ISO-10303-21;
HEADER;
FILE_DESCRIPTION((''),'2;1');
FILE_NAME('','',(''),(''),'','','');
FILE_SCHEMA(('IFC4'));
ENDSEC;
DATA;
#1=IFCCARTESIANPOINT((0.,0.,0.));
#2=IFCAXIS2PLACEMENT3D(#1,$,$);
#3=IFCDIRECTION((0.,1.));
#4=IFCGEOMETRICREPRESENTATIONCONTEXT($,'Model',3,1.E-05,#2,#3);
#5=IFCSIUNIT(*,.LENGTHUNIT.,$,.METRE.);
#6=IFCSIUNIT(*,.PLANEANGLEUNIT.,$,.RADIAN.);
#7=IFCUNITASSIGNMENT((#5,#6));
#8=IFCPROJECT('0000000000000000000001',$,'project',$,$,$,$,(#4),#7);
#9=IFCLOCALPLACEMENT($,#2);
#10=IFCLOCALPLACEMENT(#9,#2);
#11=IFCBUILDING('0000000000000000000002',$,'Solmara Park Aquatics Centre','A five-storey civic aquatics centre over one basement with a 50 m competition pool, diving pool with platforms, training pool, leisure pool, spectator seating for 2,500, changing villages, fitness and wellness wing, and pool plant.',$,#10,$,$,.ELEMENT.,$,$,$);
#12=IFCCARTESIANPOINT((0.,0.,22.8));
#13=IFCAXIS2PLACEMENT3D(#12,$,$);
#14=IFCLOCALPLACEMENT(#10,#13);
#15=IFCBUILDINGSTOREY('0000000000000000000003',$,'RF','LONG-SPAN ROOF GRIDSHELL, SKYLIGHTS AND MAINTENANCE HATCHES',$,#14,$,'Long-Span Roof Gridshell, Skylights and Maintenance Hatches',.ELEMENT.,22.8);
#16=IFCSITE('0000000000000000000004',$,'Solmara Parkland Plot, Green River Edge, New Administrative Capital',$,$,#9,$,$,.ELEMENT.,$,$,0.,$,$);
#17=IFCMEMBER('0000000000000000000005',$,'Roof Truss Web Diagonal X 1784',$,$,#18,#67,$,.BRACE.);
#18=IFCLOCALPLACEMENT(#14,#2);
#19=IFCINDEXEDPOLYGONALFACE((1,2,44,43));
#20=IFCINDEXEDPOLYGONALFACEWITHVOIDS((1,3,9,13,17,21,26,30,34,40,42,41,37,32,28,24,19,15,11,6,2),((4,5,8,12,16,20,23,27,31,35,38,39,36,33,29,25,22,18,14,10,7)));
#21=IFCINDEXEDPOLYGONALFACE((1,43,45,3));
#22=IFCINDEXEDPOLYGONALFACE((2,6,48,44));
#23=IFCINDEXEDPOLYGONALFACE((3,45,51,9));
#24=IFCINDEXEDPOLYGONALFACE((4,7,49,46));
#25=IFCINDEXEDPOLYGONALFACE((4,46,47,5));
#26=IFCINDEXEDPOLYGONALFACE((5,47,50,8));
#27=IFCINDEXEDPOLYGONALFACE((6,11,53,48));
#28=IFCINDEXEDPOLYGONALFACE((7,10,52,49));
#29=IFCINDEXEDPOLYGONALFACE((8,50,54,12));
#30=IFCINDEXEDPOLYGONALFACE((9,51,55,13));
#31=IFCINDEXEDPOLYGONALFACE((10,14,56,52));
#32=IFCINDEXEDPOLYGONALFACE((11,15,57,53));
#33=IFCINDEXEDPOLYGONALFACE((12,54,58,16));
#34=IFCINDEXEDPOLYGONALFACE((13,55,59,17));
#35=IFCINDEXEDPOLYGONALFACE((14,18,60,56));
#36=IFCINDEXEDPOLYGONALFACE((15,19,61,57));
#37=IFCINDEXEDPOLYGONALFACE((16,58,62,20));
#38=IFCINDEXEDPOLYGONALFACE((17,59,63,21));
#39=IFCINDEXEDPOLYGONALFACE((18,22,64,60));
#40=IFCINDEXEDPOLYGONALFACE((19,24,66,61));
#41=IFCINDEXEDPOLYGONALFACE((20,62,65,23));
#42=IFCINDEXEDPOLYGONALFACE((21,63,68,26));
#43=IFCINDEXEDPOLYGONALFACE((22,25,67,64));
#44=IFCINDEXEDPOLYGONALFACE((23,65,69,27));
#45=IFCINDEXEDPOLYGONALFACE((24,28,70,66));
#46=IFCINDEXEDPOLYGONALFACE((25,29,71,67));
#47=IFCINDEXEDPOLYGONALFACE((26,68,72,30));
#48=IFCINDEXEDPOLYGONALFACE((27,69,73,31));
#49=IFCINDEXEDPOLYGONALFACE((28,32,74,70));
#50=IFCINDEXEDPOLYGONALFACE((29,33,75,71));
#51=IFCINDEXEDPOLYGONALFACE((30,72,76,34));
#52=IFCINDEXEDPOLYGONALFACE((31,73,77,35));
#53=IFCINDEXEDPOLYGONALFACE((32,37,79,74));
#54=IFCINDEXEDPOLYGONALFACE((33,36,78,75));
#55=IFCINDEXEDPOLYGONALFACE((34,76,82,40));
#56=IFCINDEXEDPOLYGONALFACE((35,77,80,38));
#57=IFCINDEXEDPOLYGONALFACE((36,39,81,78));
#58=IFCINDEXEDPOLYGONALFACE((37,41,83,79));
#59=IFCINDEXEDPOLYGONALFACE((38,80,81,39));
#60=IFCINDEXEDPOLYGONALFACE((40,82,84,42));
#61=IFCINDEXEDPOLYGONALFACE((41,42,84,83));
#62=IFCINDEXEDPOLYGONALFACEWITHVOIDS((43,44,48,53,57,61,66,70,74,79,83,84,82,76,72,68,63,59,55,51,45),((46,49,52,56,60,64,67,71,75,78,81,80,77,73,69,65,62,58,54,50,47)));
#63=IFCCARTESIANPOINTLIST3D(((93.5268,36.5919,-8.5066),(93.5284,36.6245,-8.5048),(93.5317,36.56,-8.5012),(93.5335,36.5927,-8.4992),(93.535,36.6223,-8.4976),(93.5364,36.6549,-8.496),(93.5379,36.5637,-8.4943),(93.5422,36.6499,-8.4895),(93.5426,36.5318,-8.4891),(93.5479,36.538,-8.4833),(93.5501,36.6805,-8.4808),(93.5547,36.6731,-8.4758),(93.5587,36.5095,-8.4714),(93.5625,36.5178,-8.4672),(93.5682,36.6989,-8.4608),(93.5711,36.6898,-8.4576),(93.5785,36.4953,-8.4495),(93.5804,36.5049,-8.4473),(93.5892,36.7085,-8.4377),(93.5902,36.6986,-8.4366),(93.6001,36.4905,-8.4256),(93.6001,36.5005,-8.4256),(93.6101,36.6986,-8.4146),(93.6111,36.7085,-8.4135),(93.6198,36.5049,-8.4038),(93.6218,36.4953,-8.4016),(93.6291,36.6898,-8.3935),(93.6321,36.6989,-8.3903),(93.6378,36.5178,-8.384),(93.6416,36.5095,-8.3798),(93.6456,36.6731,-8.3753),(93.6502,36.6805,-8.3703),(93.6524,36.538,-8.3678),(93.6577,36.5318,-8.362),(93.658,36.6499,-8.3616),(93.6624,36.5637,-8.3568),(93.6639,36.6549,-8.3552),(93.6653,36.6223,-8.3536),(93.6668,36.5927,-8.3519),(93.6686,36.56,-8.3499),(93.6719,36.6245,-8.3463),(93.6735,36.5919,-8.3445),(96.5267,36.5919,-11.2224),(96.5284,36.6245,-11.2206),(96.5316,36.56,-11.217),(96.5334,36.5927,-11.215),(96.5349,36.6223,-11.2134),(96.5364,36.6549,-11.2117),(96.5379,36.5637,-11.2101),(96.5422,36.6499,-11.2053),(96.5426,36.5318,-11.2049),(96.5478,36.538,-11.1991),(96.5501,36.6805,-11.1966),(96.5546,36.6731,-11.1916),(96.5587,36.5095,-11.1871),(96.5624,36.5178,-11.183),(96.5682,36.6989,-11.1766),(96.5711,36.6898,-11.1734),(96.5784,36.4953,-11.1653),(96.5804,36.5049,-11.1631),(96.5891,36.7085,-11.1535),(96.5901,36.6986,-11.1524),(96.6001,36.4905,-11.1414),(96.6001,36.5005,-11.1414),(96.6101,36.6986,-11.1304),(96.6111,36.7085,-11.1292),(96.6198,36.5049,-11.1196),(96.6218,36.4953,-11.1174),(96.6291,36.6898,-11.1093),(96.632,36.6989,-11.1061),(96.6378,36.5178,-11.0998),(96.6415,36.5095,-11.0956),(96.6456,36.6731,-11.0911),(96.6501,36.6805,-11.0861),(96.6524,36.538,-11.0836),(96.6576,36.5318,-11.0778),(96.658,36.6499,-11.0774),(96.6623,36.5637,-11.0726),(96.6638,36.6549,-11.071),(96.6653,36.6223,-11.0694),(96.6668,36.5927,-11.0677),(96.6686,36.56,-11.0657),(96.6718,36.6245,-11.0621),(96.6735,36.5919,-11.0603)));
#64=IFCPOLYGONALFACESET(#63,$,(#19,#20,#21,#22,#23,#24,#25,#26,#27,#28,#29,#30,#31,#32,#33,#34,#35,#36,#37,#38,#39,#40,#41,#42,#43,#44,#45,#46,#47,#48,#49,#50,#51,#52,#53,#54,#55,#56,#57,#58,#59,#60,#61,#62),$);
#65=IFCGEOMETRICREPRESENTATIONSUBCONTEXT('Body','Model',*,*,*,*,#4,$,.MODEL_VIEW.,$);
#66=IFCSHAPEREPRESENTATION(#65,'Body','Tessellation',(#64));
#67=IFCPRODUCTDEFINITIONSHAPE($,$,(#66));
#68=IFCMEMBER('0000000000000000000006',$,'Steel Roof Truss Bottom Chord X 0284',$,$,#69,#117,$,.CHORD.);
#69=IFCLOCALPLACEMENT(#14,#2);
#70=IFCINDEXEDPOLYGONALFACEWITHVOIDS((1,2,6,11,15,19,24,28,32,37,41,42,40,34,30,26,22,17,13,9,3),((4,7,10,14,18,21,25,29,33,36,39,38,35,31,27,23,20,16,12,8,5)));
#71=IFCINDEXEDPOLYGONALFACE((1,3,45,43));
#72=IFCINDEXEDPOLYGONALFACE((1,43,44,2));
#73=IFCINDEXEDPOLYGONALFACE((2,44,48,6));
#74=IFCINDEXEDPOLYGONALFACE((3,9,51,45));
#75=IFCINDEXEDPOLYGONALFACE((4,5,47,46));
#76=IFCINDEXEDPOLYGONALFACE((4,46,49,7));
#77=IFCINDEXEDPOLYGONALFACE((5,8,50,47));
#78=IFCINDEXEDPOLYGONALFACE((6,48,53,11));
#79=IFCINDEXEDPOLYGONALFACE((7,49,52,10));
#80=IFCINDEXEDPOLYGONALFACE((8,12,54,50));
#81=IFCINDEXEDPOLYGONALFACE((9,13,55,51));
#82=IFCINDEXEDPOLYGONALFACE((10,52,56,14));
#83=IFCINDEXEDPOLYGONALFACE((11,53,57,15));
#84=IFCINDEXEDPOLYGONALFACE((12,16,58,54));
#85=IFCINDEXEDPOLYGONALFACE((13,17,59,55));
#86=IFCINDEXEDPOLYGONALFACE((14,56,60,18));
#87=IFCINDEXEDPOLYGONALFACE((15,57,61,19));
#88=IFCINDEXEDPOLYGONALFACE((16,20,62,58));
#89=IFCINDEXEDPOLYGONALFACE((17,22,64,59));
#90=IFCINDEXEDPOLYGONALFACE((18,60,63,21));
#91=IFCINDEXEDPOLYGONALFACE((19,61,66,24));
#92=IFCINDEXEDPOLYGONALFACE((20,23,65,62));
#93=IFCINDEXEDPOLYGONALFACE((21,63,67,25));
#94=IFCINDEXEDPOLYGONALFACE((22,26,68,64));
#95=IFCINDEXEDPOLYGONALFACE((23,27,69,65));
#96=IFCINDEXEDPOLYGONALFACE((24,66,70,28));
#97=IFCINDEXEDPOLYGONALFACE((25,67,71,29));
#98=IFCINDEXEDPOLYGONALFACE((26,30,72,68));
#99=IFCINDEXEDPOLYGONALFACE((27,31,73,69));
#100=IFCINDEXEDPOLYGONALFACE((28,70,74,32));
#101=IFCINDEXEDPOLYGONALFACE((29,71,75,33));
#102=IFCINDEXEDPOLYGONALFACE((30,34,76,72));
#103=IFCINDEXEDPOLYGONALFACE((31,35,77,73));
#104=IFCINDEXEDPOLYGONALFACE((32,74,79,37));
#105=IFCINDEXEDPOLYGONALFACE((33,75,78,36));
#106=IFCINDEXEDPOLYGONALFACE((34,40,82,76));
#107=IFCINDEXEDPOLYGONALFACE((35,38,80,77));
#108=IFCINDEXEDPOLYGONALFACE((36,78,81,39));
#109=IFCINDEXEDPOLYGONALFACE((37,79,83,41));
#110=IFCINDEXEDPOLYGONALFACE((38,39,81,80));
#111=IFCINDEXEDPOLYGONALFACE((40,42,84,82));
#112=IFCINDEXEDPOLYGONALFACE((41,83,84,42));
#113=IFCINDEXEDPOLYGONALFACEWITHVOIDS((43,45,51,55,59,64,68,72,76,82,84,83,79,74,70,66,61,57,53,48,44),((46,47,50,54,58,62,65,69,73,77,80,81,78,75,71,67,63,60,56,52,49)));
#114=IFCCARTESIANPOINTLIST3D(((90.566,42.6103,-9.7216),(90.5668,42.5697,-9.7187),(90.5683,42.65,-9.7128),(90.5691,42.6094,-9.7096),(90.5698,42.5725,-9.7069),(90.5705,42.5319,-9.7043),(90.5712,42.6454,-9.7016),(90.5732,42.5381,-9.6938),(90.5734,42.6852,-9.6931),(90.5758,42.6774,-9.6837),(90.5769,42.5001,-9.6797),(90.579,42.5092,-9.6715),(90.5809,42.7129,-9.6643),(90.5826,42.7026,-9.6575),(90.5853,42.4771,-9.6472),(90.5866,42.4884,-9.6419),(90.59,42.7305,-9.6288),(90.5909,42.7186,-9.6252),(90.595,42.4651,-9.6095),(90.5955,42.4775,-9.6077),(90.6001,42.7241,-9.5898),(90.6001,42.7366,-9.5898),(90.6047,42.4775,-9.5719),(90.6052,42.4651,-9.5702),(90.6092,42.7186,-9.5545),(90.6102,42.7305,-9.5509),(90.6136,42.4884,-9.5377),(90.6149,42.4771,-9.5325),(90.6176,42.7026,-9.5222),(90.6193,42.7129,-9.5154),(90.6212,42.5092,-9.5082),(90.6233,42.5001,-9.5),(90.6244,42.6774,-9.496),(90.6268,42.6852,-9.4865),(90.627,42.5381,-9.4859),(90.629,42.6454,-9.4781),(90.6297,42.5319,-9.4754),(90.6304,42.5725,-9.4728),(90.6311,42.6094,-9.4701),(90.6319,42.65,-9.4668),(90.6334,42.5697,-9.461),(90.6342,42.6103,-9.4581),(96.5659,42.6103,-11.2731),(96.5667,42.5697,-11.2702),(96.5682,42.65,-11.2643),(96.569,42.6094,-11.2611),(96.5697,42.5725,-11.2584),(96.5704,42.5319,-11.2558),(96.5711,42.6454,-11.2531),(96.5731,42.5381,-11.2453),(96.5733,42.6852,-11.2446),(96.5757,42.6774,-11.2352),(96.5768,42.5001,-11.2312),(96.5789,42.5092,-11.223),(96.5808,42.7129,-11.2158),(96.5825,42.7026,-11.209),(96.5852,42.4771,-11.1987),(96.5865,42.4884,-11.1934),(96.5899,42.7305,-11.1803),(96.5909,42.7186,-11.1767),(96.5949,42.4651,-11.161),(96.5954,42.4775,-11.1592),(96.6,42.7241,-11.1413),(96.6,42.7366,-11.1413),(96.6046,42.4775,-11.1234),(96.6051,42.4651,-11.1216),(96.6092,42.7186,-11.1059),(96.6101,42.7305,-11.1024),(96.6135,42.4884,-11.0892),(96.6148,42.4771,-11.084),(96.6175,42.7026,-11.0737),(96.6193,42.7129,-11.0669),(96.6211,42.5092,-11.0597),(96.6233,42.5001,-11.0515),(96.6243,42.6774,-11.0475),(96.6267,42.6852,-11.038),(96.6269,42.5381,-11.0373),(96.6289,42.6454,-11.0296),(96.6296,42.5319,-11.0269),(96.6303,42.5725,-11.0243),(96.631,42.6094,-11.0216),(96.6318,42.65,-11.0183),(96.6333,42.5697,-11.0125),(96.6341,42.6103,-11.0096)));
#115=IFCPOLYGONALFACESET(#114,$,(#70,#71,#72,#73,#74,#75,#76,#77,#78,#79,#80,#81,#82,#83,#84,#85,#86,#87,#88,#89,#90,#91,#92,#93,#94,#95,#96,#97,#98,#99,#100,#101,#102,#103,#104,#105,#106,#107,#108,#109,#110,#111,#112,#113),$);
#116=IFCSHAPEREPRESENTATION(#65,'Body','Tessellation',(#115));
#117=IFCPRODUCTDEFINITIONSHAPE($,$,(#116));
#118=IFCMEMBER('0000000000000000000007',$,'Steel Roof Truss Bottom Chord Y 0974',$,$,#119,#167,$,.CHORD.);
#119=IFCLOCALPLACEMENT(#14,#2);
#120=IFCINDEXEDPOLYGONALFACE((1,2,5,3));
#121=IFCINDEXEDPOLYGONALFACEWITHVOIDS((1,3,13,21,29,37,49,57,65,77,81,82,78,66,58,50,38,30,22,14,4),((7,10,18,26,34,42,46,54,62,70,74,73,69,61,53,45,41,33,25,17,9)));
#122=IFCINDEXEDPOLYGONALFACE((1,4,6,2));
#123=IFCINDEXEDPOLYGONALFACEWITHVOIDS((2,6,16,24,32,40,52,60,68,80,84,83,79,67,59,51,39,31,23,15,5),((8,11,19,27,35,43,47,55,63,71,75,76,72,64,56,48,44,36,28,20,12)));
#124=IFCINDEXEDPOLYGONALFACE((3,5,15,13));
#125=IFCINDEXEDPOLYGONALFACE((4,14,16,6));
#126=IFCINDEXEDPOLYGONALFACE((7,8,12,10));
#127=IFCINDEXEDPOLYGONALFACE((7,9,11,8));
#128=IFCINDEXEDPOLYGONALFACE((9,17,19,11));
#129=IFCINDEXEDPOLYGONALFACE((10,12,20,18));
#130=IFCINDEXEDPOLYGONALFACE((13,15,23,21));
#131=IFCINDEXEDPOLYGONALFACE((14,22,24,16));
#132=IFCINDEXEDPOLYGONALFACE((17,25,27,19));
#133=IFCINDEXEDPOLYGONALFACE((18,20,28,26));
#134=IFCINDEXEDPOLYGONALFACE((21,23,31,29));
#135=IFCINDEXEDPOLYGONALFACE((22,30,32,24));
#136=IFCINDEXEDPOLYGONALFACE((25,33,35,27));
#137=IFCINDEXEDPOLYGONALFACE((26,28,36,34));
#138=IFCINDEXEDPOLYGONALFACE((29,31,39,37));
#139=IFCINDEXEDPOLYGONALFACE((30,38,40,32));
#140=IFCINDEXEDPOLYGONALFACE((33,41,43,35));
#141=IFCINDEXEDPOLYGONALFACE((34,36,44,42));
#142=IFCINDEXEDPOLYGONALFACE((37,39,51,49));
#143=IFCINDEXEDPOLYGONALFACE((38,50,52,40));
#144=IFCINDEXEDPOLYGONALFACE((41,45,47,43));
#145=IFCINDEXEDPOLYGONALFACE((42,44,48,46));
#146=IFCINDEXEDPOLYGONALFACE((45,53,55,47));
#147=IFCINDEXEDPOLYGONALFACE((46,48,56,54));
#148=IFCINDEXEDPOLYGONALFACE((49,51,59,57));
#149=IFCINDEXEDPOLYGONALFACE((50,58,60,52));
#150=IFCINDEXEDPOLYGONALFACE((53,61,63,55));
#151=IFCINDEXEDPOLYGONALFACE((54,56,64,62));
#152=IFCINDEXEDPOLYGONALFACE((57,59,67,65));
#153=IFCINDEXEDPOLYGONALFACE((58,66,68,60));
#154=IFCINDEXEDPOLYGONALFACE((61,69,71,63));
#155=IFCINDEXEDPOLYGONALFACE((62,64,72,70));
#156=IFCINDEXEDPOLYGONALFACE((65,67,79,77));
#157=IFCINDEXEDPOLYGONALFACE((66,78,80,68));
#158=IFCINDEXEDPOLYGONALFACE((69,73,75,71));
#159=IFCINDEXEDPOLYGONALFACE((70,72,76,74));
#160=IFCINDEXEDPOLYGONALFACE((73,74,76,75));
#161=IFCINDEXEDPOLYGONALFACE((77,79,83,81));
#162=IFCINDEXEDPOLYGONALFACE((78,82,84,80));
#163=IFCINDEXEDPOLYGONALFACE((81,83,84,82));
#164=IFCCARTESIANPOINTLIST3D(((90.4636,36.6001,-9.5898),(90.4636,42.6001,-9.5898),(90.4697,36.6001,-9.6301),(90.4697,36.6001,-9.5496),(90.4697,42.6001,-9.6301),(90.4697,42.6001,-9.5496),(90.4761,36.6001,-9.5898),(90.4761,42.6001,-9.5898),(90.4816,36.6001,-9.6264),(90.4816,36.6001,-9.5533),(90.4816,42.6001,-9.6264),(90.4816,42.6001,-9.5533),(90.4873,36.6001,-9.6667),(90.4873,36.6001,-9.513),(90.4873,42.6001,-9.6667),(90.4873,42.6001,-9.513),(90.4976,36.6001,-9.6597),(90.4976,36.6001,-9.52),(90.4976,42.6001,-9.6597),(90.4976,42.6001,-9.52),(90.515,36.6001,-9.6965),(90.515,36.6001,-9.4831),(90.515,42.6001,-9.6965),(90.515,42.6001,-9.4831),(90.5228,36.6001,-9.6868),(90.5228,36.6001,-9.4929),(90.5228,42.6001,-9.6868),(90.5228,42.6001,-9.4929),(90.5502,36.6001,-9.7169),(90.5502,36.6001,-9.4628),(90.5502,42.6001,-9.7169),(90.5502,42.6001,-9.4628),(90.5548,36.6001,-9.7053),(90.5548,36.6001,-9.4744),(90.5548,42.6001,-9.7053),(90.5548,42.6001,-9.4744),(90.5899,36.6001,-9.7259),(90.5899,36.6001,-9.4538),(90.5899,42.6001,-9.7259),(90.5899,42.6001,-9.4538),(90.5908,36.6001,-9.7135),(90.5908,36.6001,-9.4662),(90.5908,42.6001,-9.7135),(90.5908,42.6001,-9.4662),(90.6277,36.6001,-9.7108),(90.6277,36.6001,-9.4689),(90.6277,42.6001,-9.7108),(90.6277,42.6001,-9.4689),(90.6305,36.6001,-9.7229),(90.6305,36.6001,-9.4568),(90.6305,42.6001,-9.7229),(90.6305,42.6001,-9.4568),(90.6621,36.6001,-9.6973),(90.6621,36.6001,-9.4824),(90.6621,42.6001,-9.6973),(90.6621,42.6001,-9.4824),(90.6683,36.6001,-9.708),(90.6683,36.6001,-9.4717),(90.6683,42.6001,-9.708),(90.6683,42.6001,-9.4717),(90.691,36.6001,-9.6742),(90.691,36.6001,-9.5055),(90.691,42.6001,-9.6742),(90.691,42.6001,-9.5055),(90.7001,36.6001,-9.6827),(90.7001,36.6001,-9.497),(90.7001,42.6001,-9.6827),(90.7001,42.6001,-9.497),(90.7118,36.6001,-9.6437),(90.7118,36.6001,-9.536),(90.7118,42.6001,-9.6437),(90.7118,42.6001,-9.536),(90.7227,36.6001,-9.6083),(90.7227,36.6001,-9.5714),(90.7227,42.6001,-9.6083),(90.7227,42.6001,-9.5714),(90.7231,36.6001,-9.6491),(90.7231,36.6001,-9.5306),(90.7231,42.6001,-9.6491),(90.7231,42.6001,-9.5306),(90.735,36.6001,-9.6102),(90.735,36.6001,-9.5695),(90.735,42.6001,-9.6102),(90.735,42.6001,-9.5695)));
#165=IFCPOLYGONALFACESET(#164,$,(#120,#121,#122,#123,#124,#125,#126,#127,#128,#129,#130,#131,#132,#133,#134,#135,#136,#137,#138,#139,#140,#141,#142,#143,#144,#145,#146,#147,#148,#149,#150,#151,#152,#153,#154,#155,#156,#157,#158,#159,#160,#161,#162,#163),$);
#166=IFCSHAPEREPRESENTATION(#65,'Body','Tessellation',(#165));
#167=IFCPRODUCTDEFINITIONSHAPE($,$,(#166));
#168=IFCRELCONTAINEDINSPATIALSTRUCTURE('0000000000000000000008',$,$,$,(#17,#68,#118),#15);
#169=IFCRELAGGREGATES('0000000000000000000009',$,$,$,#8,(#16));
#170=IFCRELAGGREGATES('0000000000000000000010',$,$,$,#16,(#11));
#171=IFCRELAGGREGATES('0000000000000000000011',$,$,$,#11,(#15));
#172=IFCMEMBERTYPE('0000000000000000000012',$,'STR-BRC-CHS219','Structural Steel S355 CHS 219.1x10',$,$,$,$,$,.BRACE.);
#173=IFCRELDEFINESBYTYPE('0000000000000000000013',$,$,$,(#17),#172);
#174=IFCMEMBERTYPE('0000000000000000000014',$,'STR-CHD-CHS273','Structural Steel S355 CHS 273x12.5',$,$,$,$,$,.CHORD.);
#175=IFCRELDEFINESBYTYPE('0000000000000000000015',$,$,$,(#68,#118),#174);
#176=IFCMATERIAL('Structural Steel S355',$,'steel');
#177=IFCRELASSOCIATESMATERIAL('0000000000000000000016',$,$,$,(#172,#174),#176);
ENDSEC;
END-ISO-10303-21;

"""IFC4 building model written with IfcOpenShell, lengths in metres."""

from ifc_helpers import new_model, si_unit, direction, frame, origin, origin_2d, place, context, subcontext, project, spatial, hollow_circle, extrude, material, material_profile, profile_set, type_object, element, save


model = new_model("IFC4")

# Units and contexts
model_context = context("Model", 3, precision=1e-05, world=origin(), true_north=direction((0.0, 1.0)))
body_context = subcontext(model_context, "Body", "Model", "MODEL_VIEW")
ifc_project = project(units=[si_unit("LENGTHUNIT", "METRE"), si_unit("PLANEANGLEUNIT", "RADIAN")], contexts=[model_context])

# Site, building, storey
site_placement = place(None, origin())
site = spatial("IfcSite", under=ifc_project, at=site_placement, Name="Solmara Parkland Plot, Green River Edge, New Administrative Capital", CompositionType="ELEMENT", RefElevation=0.0)
building_placement = place(site_placement, origin())
building = spatial("IfcBuilding", under=site, at=building_placement, Name="Solmara Park Aquatics Centre", Description="A five-storey civic aquatics centre over one basement with a 50 m competition pool, diving pool with platforms, training pool, leisure pool, spectator seating for 2,500, changing villages, fitness and wellness wing, and pool plant.", CompositionType="ELEMENT")
storey_placement = place(building_placement, frame((0.0, 0.0, 22.8)))
storey = spatial("IfcBuildingStorey", under=building, at=storey_placement, Name="RF", Description="LONG-SPAN ROOF GRIDSHELL, SKYLIGHTS AND MAINTENANCE HATCHES", LongName="Long-Span Roof Gridshell, Skylights and Maintenance Hatches", CompositionType="ELEMENT", Elevation=22.8)

# Members
ifc_material_1 = material(Name="Structural Steel S355", Category="steel")
ifc_material_profile_1 = material_profile(ifc_material_1, hollow_circle(Radius=0.1096, WallThickness=0.01, at=origin_2d()), Name="CHS 219.1x10")
ifc_profile_set_1 = profile_set([ifc_material_profile_1], Name="Structural Steel S355")
member_type_1 = type_object("IfcMemberType", Name="STR-BRC-CHS219", Description="Structural Steel S355 CHS 219.1x10", PredefinedType="BRACE", material=ifc_profile_set_1)
for number, where, z_axis, x_axis, name in (
    (1, (96.6001, 36.6001, -11.1414), (-0.741347, 0.0, 0.671122), (0.0, -1.0, 0.0), "Roof Truss Web Diagonal X 1784"),
):
    element("IfcMember", number, at=place(storey_placement, frame(where, z_axis=z_axis, x_axis=x_axis)), inside=storey, type_object=member_type_1, Name=name, PredefinedType="BRACE", context=body_context, shape_type="SweptSolid", body=[
        extrude(hollow_circle(Radius=0.1096, WallThickness=0.01, at=origin_2d()), origin(), (0.0, 0.0, 1.0), 4.0466),
    ])
ifc_material_profile_2 = material_profile(ifc_material_1, hollow_circle(Radius=0.1365, WallThickness=0.0125, at=origin_2d()), Name="CHS 273x12.5")
ifc_profile_set_2 = profile_set([ifc_material_profile_2], Name="Structural Steel S355")
member_type_2 = type_object("IfcMemberType", Name="STR-CHD-CHS273", Description="Structural Steel S355 CHS 273x12.5", PredefinedType="CHORD", material=ifc_profile_set_2)
member_1_placement = place(storey_placement, frame((90.6001, 42.6001, -9.5898), z_axis=(0.968155, 0.0, -0.250351), x_axis=(0.0, 1.0, 0.0)))
element("IfcMember", 2, at=member_1_placement, inside=storey, type_object=member_type_2, Name="Steel Roof Truss Bottom Chord X 0284", PredefinedType="CHORD", context=body_context, shape_type="SweptSolid", body=[
    extrude(hollow_circle(Radius=0.1365, WallThickness=0.0125, at=origin_2d()), origin(), (0.0, 0.0, 1.0), 6.1973),
])
for number, where, z_axis, x_axis, name in (
    (3, (90.6001, 36.6001, -9.5898), (0.0, 1.0, 0.0), (-1.0, 0.0, 0.0), "Steel Roof Truss Bottom Chord Y 0974"),
):
    element("IfcMember", number, at=place(storey_placement, frame(where, z_axis=z_axis, x_axis=x_axis)), inside=storey, type_object=member_type_2, Name=name, PredefinedType="CHORD", context=body_context, shape_type="SweptSolid", body=[
        extrude(hollow_circle(Radius=0.1365, WallThickness=0.0125, at=origin_2d()), origin(), (0.0, 0.0, 1.0), 6.0),
    ])

save(model, "model.ifc")
